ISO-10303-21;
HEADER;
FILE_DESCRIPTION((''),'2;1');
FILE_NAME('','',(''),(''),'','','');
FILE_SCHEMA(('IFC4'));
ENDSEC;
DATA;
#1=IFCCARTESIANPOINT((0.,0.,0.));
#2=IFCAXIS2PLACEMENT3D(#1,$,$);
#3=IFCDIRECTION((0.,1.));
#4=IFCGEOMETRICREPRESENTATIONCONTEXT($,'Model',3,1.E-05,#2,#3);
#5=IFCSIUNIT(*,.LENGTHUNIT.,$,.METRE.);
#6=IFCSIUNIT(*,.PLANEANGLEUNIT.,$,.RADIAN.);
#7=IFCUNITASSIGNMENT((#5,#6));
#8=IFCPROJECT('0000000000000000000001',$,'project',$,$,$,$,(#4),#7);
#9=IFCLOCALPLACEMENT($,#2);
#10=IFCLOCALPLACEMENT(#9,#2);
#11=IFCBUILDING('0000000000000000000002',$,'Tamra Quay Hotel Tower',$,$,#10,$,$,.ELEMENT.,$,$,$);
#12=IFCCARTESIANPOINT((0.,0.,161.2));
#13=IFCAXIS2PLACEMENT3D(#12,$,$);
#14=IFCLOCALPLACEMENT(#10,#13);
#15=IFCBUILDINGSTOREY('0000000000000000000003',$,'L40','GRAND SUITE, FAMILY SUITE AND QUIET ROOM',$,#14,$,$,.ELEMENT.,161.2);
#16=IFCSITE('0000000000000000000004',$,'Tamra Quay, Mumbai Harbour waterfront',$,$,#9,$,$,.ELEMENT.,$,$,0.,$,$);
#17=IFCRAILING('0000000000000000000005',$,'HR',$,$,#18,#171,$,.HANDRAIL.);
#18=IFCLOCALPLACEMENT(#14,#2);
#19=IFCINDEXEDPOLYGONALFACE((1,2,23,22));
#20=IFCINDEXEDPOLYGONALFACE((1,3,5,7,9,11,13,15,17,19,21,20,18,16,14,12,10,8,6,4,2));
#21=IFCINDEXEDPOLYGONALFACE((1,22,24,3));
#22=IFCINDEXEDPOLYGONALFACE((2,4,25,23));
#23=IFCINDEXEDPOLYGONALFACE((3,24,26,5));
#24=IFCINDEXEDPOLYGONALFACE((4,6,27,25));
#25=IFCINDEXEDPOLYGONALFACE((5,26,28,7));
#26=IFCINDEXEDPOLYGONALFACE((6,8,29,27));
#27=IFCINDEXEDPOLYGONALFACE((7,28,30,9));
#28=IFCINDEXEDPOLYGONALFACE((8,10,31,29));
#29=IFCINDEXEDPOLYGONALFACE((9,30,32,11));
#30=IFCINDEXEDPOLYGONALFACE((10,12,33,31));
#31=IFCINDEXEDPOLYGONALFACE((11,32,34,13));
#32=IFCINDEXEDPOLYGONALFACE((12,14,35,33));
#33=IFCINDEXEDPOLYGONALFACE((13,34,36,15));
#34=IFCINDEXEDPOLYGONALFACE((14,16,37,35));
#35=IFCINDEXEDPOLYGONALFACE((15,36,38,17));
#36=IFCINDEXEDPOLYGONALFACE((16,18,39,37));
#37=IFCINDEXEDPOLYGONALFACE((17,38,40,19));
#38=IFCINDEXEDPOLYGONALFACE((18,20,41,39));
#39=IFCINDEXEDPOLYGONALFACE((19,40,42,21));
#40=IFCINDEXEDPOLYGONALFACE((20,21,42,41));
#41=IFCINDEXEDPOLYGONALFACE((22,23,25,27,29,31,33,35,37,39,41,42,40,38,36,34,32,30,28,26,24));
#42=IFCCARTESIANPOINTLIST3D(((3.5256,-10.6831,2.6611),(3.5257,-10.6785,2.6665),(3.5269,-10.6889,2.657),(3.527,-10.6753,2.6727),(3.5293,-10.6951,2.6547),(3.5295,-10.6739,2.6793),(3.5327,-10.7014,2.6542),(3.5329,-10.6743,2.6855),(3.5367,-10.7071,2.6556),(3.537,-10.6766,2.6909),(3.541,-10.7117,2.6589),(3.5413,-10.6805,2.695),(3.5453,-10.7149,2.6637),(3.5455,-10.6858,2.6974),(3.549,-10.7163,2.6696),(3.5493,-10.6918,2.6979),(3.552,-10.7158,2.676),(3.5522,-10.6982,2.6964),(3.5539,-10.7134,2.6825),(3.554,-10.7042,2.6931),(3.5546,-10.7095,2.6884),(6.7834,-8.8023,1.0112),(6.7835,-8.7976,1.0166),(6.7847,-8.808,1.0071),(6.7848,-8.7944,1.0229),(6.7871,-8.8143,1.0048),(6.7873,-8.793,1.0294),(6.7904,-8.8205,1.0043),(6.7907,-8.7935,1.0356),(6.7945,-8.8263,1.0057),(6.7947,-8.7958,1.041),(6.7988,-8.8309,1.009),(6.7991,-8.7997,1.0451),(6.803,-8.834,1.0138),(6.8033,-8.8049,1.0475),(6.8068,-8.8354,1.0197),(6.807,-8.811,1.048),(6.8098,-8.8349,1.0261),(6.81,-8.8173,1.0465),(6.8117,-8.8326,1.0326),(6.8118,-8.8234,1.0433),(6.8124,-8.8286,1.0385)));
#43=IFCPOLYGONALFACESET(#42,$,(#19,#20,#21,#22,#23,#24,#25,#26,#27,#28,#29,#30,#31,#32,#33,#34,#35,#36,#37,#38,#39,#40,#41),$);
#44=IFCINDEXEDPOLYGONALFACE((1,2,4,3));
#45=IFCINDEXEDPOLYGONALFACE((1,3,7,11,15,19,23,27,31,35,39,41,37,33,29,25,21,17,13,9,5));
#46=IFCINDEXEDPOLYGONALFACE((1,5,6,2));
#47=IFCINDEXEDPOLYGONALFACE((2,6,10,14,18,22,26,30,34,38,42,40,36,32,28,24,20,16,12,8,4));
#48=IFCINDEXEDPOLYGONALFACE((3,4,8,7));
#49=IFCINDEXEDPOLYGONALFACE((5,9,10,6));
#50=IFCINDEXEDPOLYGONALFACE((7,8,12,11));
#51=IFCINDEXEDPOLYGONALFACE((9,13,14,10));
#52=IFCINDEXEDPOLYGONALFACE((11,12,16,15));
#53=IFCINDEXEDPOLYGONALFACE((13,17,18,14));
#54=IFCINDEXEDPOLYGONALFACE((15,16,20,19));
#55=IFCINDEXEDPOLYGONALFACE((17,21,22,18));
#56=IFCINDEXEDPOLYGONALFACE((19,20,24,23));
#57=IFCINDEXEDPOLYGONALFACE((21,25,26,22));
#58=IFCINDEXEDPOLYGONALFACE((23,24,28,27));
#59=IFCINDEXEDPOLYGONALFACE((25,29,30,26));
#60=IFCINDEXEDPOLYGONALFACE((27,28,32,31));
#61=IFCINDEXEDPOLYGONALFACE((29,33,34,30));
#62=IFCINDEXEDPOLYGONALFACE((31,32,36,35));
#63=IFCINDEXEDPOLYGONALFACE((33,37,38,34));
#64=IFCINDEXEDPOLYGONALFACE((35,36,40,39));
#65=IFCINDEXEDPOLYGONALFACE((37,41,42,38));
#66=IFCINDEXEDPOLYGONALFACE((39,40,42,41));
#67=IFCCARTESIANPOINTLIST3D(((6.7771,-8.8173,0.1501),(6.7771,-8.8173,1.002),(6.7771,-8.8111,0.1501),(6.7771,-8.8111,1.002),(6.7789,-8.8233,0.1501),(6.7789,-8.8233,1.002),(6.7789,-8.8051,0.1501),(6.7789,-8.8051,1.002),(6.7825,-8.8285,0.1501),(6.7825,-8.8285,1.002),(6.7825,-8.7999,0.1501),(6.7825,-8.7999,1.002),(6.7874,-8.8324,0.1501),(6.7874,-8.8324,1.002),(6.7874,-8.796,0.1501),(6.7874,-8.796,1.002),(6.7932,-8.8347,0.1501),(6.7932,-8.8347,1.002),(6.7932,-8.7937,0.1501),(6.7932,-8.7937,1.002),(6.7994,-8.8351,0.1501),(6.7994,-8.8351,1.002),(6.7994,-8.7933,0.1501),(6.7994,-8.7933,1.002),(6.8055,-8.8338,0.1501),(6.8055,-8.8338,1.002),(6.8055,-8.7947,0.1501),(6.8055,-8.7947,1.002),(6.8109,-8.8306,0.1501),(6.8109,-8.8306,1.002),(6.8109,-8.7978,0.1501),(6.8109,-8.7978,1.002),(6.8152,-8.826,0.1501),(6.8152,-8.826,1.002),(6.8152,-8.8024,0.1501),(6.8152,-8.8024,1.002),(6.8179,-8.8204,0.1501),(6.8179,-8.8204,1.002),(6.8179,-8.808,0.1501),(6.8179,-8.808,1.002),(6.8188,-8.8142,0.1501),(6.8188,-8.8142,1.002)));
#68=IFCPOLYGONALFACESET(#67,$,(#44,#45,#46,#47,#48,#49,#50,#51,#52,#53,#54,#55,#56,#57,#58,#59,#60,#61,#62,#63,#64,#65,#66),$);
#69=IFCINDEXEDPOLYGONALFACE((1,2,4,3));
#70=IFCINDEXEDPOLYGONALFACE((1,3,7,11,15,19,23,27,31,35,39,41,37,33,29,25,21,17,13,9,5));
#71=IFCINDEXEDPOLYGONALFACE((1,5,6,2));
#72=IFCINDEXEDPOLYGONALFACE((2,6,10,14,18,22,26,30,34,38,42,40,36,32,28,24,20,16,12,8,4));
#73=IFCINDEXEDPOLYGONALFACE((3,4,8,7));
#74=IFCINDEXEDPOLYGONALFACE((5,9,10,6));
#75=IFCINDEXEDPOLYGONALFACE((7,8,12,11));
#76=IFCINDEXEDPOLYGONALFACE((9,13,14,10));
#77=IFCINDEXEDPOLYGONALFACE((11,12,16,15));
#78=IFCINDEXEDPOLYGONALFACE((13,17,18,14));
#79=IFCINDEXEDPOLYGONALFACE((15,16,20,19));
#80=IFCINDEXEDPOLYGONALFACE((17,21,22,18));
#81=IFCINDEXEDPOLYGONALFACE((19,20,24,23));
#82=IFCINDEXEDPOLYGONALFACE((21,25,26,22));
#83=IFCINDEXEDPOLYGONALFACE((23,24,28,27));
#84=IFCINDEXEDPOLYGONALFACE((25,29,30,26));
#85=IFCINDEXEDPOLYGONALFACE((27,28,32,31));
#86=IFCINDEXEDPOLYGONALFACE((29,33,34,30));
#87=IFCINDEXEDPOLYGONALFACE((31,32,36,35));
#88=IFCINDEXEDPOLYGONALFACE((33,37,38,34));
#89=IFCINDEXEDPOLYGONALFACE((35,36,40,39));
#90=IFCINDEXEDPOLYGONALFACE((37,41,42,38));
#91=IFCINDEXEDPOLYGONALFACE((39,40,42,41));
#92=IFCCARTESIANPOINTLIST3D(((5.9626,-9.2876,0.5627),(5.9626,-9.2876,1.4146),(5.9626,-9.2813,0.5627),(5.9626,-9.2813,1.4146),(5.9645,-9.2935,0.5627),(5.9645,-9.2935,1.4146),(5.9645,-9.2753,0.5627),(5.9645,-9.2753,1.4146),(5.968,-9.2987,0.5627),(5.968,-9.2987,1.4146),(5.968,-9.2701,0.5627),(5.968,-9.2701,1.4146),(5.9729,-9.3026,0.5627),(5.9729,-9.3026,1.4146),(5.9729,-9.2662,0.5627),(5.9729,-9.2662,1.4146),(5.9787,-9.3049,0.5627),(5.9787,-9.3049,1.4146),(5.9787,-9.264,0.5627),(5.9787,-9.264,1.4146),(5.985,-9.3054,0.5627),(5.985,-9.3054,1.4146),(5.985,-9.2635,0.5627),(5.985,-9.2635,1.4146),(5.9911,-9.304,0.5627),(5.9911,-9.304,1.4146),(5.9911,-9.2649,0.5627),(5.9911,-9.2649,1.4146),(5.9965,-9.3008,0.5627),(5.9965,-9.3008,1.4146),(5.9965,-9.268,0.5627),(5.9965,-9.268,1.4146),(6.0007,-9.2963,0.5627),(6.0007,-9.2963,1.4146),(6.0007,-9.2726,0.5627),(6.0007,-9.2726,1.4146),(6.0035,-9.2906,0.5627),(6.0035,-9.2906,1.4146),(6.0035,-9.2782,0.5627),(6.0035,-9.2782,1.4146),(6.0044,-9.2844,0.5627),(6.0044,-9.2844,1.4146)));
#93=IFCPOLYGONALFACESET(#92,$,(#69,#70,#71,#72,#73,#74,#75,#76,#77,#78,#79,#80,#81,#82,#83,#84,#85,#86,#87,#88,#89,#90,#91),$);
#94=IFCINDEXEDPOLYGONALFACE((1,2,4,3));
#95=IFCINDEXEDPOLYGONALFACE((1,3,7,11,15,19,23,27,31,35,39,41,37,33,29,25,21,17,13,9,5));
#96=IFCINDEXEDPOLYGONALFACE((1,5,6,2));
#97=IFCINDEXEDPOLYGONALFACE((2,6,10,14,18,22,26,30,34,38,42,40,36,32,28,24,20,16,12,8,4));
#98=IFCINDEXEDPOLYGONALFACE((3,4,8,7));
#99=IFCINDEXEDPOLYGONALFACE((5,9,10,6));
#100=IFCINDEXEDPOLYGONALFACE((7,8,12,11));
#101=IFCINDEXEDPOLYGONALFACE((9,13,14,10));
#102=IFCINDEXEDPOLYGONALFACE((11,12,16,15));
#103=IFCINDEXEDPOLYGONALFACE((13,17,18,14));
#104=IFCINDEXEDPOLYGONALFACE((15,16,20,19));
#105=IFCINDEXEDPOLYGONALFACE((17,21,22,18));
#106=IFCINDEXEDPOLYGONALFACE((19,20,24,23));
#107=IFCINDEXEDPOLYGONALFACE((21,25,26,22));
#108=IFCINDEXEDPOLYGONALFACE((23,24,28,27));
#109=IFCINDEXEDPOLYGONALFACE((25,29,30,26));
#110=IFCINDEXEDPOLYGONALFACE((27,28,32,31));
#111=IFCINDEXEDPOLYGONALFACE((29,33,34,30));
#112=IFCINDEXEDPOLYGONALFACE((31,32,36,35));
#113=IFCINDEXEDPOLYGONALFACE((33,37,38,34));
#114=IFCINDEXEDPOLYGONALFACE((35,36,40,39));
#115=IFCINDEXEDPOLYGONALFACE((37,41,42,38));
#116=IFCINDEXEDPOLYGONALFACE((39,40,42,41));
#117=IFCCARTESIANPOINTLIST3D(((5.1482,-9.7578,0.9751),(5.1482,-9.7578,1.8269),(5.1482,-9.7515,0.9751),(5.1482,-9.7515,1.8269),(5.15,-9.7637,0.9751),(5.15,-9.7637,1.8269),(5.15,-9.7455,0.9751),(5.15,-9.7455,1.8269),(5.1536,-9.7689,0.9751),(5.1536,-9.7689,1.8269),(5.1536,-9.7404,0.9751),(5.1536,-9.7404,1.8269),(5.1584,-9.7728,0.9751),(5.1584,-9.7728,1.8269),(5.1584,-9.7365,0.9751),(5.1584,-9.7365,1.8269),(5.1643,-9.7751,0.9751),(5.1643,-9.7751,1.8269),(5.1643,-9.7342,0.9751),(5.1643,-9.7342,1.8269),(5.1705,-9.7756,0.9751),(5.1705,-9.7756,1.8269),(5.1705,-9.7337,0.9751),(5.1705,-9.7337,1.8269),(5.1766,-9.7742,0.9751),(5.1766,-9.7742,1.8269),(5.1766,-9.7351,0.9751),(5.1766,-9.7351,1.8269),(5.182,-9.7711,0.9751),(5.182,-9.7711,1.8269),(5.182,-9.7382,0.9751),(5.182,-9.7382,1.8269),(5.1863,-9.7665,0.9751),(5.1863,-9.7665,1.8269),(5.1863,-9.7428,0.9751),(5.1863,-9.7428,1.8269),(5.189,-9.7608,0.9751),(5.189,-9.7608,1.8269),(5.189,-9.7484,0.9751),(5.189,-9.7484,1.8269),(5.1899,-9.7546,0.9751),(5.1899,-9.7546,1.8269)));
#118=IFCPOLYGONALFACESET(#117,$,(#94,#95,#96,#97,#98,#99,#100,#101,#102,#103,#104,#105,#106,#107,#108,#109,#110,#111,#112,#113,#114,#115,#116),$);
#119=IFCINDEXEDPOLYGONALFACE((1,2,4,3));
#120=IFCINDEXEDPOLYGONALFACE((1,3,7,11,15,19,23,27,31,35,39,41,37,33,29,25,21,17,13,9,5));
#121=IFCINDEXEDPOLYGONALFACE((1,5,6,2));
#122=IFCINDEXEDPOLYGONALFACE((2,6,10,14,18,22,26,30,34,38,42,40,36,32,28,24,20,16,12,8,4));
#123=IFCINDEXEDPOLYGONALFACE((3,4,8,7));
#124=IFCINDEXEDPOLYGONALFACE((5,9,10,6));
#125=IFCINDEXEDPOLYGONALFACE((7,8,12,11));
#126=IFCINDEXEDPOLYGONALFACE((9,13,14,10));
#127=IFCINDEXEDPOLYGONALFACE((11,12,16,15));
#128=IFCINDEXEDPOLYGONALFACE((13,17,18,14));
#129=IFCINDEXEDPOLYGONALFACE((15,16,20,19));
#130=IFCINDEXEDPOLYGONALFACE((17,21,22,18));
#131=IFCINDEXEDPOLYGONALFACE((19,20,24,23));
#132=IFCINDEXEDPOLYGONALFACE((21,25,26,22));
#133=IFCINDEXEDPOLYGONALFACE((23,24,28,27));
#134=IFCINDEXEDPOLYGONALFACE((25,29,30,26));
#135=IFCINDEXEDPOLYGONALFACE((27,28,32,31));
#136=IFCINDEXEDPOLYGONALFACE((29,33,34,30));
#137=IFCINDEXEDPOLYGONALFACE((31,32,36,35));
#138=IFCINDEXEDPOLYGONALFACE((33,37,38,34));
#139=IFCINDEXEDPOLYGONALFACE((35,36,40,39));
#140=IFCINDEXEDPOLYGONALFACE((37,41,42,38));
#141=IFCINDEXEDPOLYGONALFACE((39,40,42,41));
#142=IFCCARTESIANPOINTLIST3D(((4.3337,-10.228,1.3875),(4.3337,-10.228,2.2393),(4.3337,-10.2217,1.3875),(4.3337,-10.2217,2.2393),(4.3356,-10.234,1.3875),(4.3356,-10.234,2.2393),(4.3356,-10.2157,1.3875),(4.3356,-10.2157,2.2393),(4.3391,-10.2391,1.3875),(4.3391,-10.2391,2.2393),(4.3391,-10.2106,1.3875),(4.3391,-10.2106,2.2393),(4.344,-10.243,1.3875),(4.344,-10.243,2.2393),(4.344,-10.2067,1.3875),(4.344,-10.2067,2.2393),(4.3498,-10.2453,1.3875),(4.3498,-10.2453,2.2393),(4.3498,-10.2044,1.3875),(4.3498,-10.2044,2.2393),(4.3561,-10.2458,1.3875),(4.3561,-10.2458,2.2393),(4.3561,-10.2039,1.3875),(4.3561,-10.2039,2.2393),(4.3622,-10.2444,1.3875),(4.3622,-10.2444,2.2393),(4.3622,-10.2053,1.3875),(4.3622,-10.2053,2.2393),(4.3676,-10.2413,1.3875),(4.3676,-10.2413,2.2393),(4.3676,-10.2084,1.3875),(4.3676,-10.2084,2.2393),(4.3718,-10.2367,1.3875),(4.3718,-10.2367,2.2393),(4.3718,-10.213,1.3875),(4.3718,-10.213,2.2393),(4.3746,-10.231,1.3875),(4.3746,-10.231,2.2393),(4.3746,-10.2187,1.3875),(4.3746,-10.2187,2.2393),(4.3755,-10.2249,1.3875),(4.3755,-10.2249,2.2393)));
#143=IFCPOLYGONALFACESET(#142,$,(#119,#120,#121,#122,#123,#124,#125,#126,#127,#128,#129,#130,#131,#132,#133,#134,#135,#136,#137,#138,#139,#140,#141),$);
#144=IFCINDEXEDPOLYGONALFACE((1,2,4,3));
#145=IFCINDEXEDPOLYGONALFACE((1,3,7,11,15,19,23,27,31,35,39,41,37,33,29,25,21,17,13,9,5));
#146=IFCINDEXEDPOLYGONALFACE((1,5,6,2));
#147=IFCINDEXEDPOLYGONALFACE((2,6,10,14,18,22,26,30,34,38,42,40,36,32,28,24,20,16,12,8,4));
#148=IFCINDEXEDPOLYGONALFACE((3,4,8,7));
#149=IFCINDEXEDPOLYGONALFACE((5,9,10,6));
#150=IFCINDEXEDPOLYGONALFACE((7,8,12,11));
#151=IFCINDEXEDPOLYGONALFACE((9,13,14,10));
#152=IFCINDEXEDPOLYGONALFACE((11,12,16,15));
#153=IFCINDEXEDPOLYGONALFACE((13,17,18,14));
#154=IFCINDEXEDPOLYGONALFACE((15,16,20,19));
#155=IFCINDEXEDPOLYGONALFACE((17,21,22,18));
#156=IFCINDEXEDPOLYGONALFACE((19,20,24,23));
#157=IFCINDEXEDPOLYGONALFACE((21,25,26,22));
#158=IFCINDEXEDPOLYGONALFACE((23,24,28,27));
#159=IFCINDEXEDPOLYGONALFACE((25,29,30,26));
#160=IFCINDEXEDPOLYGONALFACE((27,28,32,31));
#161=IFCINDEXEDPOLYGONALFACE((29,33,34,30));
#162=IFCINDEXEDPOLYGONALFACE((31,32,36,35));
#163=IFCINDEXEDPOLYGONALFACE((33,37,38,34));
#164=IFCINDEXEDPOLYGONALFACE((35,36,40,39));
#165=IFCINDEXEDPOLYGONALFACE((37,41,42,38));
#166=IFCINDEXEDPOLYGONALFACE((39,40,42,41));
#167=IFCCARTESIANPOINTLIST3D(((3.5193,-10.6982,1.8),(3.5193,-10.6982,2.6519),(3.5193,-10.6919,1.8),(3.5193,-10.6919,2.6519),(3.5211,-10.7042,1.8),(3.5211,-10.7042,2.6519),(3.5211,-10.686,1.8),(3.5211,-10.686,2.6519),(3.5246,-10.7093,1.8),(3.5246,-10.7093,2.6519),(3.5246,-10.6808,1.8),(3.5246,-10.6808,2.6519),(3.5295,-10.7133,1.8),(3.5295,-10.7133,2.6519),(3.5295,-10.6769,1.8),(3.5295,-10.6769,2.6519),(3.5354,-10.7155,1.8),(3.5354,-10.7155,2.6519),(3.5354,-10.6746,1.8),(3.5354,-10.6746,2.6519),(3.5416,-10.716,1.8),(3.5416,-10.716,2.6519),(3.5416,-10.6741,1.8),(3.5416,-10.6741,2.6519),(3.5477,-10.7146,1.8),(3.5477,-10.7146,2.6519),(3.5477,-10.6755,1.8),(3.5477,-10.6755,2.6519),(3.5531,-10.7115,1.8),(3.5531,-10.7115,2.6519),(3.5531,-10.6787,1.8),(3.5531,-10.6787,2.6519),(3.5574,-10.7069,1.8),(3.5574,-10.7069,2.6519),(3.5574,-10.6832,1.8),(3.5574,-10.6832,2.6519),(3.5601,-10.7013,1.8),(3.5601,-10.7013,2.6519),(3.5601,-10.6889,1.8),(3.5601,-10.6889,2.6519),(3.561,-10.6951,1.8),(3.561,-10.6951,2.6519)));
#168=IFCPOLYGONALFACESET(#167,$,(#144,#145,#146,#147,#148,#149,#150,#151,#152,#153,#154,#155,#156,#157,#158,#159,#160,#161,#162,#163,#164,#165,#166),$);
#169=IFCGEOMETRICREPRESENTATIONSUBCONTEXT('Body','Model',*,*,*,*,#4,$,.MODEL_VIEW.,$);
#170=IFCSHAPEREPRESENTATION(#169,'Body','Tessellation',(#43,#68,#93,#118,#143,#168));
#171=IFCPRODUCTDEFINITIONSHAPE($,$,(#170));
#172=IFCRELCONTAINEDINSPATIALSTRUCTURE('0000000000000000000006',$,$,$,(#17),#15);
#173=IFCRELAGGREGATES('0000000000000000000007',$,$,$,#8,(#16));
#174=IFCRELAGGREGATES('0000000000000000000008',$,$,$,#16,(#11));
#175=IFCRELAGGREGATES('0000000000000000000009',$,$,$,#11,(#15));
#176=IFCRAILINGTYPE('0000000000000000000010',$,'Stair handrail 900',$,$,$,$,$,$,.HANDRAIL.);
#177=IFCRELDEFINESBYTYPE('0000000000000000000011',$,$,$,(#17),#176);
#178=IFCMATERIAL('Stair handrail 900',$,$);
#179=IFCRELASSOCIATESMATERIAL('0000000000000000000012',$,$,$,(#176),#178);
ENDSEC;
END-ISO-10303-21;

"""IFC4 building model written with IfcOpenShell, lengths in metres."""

from ifc_helpers import new_model, si_unit, direction, frame, origin, origin_2d, place, context, subcontext, project, spatial, circle, extrude, material, type_object, element, save


model = new_model("IFC4")

# Units and contexts
model_context = context("Model", 3, precision=1e-05, world=origin(), true_north=direction((0.0, 1.0)))
body_context = subcontext(model_context, "Body", "Model", "MODEL_VIEW")
ifc_project = project(units=[si_unit("LENGTHUNIT", "METRE"), si_unit("PLANEANGLEUNIT", "RADIAN")], contexts=[model_context])

# Site, building, storey
site_placement = place(None, origin())
site = spatial("IfcSite", under=ifc_project, at=site_placement, Name="Tamra Quay, Mumbai Harbour waterfront", CompositionType="ELEMENT", RefElevation=0.0)
building_placement = place(site_placement, origin())
building = spatial("IfcBuilding", under=site, at=building_placement, Name="Tamra Quay Hotel Tower", CompositionType="ELEMENT")
storey_placement = place(building_placement, frame((0.0, 0.0, 161.2)))
storey = spatial("IfcBuildingStorey", under=building, at=storey_placement, Name="L40", Description="GRAND SUITE, FAMILY SUITE AND QUIET ROOM", CompositionType="ELEMENT", Elevation=161.2)

# Railing
ifc_material_1 = material(Name="Stair handrail 900")
railing_type_1 = type_object("IfcRailingType", Name="Stair handrail 900", PredefinedType="HANDRAIL", material=ifc_material_1)
railing_1_placement = place(storey_placement, frame((6.7979, -8.8142, 0.1501)))
element("IfcRailing", 1, at=railing_1_placement, inside=storey, type_object=railing_type_1, Name="HR", PredefinedType="HANDRAIL", context=body_context, shape_type="SweptSolid", body=[
    extrude(circle(Radius=0.0239, at=origin_2d()), frame((0.0, 0.0, 0.876), z_axis=(-0.7931, -0.457887, 0.401661), x_axis=(0.499992, -0.86603, 0.0)), (0.0, 0.0, 1.0), 4.1077),
    extrude(circle(Radius=0.021, at=origin_2d()), origin(), (0.0, 0.0, 1.0), 0.8518),
    extrude(circle(Radius=0.021, at=origin_2d()), frame((-0.8145, -0.4702, 0.4126)), (0.0, 0.0, 1.0), 0.8518),
    extrude(circle(Radius=0.021, at=origin_2d()), frame((-1.6289, -0.9404, 0.825)), (0.0, 0.0, 1.0), 0.8518),
    extrude(circle(Radius=0.021, at=origin_2d()), frame((-2.4434, -1.4106, 1.2373)), (0.0, 0.0, 1.0), 0.8518),
    extrude(circle(Radius=0.021, at=origin_2d()), frame((-3.2578, -1.8809, 1.6499)), (0.0, 0.0, 1.0), 0.8518),
])

save(model, "model.ifc")
